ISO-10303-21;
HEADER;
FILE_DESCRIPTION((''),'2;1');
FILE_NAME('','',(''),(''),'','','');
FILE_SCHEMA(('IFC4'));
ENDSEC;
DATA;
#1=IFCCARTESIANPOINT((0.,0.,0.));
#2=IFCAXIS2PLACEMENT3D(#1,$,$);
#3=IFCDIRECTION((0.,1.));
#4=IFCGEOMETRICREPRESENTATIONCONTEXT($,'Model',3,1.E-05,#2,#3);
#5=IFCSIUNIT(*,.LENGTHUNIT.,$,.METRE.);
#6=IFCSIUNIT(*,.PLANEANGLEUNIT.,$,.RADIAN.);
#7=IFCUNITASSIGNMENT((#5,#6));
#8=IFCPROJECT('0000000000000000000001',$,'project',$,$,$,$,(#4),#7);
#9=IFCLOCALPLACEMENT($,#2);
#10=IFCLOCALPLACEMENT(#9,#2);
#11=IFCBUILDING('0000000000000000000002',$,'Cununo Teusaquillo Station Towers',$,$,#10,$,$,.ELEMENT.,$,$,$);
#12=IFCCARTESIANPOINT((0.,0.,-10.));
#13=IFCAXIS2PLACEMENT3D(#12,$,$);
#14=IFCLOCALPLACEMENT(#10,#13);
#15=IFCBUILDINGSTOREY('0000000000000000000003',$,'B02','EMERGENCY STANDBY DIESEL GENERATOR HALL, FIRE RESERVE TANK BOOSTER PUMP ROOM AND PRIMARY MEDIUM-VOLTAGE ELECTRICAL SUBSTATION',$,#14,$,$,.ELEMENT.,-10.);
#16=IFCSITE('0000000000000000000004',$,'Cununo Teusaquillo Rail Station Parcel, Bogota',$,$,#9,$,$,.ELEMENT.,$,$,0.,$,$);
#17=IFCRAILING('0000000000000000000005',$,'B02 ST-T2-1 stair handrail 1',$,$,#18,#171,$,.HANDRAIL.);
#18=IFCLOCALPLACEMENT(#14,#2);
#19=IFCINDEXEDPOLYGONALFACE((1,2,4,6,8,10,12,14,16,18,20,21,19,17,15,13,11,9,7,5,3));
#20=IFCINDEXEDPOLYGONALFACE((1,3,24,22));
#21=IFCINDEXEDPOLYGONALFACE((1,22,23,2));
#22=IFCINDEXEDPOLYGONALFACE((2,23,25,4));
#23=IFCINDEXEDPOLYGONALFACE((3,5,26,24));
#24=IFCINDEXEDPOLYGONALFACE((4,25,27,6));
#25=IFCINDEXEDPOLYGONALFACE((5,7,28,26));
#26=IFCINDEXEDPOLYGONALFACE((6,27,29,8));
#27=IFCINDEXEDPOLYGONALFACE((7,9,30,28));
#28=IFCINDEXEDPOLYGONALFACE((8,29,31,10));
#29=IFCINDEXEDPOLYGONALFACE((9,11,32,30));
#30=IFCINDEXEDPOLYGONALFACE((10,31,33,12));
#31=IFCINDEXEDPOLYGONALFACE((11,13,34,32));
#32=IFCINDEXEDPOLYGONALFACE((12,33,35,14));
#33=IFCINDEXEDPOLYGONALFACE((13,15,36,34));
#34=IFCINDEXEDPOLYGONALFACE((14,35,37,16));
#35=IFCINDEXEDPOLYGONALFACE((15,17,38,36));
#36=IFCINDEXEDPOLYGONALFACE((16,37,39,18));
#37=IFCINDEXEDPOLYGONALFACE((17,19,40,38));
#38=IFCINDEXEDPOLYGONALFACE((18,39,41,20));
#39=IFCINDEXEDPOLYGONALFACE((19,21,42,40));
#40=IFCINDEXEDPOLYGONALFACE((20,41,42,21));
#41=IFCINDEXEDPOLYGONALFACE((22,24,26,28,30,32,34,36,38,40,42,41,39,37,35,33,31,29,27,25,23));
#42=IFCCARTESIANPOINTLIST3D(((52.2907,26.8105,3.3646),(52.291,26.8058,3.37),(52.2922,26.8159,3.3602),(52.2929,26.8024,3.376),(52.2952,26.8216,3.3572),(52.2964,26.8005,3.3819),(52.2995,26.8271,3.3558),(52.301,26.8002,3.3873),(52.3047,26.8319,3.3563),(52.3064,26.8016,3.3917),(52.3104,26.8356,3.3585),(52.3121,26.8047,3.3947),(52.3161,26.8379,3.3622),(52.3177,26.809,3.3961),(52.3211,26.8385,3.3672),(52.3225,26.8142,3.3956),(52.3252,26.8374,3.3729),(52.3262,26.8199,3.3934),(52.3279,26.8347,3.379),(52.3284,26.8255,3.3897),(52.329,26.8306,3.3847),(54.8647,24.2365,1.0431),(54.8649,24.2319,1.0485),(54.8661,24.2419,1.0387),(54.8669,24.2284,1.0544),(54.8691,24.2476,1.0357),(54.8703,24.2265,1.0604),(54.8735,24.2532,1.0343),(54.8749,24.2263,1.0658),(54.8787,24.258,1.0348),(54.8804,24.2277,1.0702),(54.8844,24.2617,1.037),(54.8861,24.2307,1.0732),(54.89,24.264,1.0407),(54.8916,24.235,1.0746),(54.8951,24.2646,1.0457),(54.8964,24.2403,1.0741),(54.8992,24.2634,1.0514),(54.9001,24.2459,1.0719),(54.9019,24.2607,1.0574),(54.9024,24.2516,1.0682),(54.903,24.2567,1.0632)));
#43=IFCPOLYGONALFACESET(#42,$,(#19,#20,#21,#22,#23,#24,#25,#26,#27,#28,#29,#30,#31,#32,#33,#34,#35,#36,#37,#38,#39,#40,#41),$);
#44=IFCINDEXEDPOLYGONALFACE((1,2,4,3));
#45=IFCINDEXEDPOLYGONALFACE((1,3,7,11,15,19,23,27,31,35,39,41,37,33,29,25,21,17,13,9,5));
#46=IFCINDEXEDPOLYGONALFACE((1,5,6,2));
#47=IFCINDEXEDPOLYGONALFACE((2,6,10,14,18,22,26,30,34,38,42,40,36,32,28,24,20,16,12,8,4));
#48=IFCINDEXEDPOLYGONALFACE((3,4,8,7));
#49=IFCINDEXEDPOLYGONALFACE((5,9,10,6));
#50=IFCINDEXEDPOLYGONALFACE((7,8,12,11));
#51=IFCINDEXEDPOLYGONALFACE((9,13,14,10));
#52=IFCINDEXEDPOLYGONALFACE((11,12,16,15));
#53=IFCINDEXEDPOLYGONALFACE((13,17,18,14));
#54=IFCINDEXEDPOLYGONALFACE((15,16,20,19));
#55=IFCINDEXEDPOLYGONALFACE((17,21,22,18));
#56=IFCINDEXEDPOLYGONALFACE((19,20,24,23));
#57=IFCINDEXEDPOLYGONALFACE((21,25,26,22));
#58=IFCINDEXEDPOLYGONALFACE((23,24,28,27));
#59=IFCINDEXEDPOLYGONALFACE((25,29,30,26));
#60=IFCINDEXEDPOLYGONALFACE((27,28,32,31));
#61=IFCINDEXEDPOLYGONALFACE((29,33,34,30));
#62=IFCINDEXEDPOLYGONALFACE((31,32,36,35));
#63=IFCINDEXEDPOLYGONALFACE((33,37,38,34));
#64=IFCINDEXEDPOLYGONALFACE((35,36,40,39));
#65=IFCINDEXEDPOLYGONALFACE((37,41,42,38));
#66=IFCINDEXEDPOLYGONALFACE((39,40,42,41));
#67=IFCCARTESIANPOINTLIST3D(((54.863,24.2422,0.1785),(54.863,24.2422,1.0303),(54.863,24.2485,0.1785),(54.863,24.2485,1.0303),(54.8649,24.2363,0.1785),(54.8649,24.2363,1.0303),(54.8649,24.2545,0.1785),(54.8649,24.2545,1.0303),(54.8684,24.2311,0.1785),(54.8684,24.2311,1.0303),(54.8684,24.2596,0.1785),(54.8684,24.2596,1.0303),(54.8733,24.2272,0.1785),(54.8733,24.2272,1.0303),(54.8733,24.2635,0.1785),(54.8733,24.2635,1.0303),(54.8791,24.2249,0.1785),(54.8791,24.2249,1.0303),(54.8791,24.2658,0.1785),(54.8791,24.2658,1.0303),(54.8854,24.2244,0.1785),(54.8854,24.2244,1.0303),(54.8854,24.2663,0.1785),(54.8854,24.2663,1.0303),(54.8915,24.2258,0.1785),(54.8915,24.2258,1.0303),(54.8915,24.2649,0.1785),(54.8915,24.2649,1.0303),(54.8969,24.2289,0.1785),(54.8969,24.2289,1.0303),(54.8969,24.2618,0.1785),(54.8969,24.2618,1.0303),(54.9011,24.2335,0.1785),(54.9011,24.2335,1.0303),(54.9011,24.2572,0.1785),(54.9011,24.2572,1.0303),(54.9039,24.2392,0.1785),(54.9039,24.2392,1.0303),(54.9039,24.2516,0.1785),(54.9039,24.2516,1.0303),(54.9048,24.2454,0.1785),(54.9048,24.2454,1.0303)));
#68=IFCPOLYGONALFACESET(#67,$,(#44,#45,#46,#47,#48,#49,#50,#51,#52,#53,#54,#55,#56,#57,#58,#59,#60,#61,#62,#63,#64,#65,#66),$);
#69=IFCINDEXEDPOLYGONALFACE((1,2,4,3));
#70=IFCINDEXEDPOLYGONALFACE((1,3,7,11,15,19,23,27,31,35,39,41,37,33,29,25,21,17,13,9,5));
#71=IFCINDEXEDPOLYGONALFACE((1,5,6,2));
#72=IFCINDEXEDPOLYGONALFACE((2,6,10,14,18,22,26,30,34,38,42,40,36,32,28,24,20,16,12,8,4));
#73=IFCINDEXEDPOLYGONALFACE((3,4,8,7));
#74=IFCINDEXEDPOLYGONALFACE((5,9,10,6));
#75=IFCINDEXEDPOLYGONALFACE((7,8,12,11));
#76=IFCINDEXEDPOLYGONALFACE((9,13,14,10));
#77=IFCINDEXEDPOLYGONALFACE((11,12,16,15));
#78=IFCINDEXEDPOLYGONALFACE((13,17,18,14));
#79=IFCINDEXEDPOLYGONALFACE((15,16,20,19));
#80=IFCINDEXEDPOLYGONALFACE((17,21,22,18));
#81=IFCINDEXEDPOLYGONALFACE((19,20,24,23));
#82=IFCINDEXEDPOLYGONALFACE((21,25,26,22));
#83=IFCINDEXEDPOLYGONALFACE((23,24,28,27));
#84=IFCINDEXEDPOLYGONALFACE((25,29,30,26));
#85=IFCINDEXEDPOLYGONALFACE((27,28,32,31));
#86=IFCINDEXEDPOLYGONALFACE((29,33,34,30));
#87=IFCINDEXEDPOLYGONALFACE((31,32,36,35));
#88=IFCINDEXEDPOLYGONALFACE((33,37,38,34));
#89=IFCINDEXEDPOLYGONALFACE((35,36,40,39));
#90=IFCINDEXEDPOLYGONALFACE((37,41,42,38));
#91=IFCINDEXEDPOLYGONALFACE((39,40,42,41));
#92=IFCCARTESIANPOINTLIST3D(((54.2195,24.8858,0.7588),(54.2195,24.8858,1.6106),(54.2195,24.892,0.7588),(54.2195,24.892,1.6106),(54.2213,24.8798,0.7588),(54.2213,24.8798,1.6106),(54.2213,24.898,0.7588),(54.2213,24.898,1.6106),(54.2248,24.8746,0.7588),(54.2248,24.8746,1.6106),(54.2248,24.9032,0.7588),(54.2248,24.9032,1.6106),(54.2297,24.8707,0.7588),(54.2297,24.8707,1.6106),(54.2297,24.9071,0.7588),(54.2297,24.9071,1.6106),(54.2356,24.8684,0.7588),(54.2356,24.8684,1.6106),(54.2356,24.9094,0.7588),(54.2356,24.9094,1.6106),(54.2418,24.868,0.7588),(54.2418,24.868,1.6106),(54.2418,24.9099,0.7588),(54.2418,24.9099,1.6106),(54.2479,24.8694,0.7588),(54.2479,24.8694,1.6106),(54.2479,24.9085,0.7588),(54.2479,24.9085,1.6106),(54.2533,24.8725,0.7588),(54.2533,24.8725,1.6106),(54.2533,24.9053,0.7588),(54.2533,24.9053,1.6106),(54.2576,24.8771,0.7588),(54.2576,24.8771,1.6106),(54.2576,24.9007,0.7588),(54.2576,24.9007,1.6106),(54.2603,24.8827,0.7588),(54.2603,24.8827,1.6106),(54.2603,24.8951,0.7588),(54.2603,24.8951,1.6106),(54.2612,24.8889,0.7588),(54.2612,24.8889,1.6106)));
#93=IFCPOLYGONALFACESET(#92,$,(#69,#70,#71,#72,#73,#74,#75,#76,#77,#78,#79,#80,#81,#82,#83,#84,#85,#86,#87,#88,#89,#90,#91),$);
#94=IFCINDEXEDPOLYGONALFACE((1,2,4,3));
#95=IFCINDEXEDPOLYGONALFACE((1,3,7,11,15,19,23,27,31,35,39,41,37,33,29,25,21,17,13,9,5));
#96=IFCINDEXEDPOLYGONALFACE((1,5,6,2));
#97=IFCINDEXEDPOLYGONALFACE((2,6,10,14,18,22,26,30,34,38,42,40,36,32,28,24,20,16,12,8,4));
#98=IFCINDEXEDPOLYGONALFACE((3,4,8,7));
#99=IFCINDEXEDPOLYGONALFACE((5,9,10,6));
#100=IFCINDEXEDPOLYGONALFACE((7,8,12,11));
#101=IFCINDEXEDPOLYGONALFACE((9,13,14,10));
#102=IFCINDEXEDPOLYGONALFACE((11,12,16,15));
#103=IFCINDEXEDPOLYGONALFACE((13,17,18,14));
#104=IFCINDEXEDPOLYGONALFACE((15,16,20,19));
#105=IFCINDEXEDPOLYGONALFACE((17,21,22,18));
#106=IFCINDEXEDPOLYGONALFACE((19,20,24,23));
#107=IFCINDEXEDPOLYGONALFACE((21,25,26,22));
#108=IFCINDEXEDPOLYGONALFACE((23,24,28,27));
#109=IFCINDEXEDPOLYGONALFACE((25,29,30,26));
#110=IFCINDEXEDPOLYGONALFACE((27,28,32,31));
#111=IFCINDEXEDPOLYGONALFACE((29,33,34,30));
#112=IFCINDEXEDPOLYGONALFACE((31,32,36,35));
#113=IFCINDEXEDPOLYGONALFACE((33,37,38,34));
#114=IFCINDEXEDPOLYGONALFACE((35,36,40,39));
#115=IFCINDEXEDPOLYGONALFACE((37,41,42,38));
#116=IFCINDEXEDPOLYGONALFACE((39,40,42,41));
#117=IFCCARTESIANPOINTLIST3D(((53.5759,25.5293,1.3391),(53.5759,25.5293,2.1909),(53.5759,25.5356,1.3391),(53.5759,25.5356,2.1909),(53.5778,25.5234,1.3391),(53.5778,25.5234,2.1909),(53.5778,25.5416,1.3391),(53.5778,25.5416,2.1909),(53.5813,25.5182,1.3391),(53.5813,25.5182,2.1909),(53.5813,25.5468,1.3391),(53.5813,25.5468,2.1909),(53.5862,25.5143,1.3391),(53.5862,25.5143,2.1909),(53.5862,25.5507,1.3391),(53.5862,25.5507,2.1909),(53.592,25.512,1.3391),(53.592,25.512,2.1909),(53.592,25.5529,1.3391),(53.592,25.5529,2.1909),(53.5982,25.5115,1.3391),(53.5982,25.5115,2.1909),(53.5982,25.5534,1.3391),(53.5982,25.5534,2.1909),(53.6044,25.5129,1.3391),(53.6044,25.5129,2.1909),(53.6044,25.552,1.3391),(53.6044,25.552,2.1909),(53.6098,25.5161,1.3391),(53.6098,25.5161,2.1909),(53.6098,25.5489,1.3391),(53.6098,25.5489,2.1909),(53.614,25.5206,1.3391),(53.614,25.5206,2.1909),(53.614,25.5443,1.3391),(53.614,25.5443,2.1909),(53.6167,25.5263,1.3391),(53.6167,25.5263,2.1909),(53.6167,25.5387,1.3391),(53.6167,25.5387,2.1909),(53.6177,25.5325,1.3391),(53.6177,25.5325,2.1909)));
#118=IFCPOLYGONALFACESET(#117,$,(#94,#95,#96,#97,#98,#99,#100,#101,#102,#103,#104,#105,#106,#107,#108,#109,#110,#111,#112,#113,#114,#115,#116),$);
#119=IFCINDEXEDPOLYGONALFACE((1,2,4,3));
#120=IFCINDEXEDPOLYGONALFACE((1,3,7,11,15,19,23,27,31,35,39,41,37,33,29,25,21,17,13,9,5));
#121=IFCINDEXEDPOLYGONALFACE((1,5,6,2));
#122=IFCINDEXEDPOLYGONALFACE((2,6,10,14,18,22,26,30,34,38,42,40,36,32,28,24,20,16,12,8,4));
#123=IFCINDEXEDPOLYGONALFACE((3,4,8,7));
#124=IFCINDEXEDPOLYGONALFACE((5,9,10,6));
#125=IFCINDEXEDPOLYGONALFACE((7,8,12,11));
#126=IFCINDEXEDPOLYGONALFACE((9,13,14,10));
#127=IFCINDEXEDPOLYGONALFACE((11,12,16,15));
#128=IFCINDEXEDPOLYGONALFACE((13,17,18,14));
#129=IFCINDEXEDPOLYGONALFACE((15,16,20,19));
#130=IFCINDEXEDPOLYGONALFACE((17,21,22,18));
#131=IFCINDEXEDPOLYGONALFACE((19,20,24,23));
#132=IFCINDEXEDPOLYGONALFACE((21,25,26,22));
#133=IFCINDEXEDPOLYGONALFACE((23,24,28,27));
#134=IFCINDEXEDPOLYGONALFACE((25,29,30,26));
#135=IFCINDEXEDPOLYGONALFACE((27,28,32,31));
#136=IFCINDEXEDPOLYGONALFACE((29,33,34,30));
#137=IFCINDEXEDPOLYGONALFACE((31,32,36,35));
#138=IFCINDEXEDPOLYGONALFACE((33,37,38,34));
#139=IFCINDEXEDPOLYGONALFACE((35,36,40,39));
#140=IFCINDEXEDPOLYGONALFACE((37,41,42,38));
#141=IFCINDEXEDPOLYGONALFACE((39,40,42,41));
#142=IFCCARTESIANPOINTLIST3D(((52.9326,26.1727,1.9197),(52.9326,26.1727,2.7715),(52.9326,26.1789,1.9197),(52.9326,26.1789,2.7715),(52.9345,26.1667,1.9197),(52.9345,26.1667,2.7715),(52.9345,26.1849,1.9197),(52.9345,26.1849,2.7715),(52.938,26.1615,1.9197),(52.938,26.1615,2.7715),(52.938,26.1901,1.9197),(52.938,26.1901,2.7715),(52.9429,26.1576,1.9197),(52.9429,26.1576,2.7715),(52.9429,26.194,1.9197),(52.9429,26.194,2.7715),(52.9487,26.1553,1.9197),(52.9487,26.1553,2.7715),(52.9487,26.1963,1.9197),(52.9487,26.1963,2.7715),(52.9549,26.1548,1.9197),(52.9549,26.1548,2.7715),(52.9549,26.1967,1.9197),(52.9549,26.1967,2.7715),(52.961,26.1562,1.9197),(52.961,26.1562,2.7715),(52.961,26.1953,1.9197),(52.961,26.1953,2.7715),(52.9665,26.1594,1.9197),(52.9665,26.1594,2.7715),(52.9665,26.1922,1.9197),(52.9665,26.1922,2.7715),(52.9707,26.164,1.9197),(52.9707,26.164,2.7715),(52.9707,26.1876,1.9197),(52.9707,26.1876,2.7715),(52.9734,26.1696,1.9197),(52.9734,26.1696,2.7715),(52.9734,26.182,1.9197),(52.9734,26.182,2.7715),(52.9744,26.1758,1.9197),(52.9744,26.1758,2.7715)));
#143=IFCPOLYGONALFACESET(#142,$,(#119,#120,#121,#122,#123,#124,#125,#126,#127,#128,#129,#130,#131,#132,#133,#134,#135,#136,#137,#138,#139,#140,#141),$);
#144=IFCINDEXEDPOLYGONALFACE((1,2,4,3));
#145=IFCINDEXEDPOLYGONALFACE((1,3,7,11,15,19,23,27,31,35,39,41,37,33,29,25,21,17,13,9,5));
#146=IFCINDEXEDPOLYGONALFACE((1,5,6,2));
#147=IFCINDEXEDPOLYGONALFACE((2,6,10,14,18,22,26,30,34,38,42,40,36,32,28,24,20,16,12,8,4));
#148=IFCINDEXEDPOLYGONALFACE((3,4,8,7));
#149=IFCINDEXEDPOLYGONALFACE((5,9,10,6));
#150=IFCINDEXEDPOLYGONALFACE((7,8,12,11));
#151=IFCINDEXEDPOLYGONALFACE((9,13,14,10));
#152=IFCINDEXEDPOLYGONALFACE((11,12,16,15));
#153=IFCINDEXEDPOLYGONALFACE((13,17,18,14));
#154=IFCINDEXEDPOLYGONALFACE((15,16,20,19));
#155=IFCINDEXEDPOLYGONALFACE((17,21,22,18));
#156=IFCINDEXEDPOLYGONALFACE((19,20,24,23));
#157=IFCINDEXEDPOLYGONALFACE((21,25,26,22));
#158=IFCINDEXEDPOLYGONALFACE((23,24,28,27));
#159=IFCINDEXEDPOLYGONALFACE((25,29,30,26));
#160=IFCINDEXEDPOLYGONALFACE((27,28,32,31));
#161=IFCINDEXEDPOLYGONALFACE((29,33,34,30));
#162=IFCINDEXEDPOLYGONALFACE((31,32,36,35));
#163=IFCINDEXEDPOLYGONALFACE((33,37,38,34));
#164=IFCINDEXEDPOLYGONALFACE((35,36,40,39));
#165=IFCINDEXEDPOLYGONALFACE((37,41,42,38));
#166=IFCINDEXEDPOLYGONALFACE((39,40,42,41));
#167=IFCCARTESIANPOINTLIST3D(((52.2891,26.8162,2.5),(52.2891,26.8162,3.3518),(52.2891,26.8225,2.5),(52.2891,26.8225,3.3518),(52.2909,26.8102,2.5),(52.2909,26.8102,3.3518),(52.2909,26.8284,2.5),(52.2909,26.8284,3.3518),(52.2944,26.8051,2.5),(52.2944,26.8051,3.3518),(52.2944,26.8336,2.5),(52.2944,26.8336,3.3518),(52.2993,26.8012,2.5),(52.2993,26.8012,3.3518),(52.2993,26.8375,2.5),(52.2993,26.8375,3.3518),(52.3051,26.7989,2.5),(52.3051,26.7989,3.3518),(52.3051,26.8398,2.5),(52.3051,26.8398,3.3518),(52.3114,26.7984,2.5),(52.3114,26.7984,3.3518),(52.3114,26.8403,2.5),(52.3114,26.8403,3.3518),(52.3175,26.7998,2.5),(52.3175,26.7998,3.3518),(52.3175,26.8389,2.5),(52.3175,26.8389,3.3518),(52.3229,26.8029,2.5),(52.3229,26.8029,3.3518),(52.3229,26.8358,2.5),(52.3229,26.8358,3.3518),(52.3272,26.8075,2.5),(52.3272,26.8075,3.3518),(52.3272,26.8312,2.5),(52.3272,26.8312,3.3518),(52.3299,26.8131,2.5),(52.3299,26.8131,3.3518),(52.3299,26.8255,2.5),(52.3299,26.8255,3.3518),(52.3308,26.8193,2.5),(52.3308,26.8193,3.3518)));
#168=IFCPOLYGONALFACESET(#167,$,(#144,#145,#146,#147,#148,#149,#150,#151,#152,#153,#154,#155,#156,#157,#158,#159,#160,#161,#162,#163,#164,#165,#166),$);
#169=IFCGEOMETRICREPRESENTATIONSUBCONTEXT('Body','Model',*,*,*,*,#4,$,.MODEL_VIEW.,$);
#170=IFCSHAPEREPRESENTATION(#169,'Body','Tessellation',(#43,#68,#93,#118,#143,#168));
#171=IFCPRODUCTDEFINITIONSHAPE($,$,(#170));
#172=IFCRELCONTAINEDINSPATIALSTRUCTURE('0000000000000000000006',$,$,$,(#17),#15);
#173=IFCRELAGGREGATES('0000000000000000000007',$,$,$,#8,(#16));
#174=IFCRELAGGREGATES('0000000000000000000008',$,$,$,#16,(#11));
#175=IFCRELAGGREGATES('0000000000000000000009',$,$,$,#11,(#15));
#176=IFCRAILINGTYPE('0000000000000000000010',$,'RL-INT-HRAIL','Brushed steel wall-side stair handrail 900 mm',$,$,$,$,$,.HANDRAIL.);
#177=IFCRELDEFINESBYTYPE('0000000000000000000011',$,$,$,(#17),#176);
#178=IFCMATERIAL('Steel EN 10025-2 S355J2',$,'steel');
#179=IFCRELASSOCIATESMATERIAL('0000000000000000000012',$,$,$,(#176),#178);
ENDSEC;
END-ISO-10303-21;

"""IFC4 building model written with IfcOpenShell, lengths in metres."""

from ifc_helpers import new_model, si_unit, direction, frame, origin, origin_2d, place, context, subcontext, project, spatial, circle, extrude, material, type_object, element, save


model = new_model("IFC4")

# Units and contexts
model_context = context("Model", 3, precision=1e-05, world=origin(), true_north=direction((0.0, 1.0)))
body_context = subcontext(model_context, "Body", "Model", "MODEL_VIEW")
ifc_project = project(units=[si_unit("LENGTHUNIT", "METRE"), si_unit("PLANEANGLEUNIT", "RADIAN")], contexts=[model_context])

# Site, building, storey
site_placement = place(None, origin())
site = spatial("IfcSite", under=ifc_project, at=site_placement, Name="Cununo Teusaquillo Rail Station Parcel, Bogota", CompositionType="ELEMENT", RefElevation=0.0)
building_placement = place(site_placement, origin())
building = spatial("IfcBuilding", under=site, at=building_placement, Name="Cununo Teusaquillo Station Towers", CompositionType="ELEMENT")
storey_placement = place(building_placement, frame((0.0, 0.0, -10.0)))
storey = spatial("IfcBuildingStorey", under=building, at=storey_placement, Name="B02", Description="EMERGENCY STANDBY DIESEL GENERATOR HALL, FIRE RESERVE TANK BOOSTER PUMP ROOM AND PRIMARY MEDIUM-VOLTAGE ELECTRICAL SUBSTATION", CompositionType="ELEMENT", Elevation=-10.0)

# Railing
ifc_material_1 = material(Name="Steel EN 10025-2 S355J2", Category="steel")
railing_type_1 = type_object("IfcRailingType", Name="RL-INT-HRAIL", Description="Brushed steel wall-side stair handrail 900 mm", PredefinedType="HANDRAIL", material=ifc_material_1)
railing_1_placement = place(storey_placement, frame((54.8838, 24.2454, 0.1785)))
element("IfcRailing", 1, at=railing_1_placement, inside=storey, type_object=railing_type_1, Name="B02 ST-T2-1 stair handrail 1", PredefinedType="HANDRAIL", context=body_context, shape_type="SweptSolid", body=[
    extrude(circle(Radius=0.0239, at=origin_2d()), frame((0.0, 0.0, 0.876), z_axis=(-0.596182, 0.596182, 0.537712), x_axis=(-0.707107, -0.707107, 0.0)), (0.0, 0.0, 1.0), 4.3174),
    extrude(circle(Radius=0.021, at=origin_2d()), origin(), (0.0, 0.0, 1.0), 0.8518),
    extrude(circle(Radius=0.021, at=origin_2d()), frame((-0.6436, 0.6436, 0.5803)), (0.0, 0.0, 1.0), 0.8518),
    extrude(circle(Radius=0.021, at=origin_2d()), frame((-1.2871, 1.2871, 1.1606)), (0.0, 0.0, 1.0), 0.8518),
    extrude(circle(Radius=0.021, at=origin_2d()), frame((-1.9304, 1.9304, 1.7412)), (0.0, 0.0, 1.0), 0.8518),
    extrude(circle(Radius=0.021, at=origin_2d()), frame((-2.574, 2.574, 2.3215)), (0.0, 0.0, 1.0), 0.8518),
])

save(model, "model.ifc")
